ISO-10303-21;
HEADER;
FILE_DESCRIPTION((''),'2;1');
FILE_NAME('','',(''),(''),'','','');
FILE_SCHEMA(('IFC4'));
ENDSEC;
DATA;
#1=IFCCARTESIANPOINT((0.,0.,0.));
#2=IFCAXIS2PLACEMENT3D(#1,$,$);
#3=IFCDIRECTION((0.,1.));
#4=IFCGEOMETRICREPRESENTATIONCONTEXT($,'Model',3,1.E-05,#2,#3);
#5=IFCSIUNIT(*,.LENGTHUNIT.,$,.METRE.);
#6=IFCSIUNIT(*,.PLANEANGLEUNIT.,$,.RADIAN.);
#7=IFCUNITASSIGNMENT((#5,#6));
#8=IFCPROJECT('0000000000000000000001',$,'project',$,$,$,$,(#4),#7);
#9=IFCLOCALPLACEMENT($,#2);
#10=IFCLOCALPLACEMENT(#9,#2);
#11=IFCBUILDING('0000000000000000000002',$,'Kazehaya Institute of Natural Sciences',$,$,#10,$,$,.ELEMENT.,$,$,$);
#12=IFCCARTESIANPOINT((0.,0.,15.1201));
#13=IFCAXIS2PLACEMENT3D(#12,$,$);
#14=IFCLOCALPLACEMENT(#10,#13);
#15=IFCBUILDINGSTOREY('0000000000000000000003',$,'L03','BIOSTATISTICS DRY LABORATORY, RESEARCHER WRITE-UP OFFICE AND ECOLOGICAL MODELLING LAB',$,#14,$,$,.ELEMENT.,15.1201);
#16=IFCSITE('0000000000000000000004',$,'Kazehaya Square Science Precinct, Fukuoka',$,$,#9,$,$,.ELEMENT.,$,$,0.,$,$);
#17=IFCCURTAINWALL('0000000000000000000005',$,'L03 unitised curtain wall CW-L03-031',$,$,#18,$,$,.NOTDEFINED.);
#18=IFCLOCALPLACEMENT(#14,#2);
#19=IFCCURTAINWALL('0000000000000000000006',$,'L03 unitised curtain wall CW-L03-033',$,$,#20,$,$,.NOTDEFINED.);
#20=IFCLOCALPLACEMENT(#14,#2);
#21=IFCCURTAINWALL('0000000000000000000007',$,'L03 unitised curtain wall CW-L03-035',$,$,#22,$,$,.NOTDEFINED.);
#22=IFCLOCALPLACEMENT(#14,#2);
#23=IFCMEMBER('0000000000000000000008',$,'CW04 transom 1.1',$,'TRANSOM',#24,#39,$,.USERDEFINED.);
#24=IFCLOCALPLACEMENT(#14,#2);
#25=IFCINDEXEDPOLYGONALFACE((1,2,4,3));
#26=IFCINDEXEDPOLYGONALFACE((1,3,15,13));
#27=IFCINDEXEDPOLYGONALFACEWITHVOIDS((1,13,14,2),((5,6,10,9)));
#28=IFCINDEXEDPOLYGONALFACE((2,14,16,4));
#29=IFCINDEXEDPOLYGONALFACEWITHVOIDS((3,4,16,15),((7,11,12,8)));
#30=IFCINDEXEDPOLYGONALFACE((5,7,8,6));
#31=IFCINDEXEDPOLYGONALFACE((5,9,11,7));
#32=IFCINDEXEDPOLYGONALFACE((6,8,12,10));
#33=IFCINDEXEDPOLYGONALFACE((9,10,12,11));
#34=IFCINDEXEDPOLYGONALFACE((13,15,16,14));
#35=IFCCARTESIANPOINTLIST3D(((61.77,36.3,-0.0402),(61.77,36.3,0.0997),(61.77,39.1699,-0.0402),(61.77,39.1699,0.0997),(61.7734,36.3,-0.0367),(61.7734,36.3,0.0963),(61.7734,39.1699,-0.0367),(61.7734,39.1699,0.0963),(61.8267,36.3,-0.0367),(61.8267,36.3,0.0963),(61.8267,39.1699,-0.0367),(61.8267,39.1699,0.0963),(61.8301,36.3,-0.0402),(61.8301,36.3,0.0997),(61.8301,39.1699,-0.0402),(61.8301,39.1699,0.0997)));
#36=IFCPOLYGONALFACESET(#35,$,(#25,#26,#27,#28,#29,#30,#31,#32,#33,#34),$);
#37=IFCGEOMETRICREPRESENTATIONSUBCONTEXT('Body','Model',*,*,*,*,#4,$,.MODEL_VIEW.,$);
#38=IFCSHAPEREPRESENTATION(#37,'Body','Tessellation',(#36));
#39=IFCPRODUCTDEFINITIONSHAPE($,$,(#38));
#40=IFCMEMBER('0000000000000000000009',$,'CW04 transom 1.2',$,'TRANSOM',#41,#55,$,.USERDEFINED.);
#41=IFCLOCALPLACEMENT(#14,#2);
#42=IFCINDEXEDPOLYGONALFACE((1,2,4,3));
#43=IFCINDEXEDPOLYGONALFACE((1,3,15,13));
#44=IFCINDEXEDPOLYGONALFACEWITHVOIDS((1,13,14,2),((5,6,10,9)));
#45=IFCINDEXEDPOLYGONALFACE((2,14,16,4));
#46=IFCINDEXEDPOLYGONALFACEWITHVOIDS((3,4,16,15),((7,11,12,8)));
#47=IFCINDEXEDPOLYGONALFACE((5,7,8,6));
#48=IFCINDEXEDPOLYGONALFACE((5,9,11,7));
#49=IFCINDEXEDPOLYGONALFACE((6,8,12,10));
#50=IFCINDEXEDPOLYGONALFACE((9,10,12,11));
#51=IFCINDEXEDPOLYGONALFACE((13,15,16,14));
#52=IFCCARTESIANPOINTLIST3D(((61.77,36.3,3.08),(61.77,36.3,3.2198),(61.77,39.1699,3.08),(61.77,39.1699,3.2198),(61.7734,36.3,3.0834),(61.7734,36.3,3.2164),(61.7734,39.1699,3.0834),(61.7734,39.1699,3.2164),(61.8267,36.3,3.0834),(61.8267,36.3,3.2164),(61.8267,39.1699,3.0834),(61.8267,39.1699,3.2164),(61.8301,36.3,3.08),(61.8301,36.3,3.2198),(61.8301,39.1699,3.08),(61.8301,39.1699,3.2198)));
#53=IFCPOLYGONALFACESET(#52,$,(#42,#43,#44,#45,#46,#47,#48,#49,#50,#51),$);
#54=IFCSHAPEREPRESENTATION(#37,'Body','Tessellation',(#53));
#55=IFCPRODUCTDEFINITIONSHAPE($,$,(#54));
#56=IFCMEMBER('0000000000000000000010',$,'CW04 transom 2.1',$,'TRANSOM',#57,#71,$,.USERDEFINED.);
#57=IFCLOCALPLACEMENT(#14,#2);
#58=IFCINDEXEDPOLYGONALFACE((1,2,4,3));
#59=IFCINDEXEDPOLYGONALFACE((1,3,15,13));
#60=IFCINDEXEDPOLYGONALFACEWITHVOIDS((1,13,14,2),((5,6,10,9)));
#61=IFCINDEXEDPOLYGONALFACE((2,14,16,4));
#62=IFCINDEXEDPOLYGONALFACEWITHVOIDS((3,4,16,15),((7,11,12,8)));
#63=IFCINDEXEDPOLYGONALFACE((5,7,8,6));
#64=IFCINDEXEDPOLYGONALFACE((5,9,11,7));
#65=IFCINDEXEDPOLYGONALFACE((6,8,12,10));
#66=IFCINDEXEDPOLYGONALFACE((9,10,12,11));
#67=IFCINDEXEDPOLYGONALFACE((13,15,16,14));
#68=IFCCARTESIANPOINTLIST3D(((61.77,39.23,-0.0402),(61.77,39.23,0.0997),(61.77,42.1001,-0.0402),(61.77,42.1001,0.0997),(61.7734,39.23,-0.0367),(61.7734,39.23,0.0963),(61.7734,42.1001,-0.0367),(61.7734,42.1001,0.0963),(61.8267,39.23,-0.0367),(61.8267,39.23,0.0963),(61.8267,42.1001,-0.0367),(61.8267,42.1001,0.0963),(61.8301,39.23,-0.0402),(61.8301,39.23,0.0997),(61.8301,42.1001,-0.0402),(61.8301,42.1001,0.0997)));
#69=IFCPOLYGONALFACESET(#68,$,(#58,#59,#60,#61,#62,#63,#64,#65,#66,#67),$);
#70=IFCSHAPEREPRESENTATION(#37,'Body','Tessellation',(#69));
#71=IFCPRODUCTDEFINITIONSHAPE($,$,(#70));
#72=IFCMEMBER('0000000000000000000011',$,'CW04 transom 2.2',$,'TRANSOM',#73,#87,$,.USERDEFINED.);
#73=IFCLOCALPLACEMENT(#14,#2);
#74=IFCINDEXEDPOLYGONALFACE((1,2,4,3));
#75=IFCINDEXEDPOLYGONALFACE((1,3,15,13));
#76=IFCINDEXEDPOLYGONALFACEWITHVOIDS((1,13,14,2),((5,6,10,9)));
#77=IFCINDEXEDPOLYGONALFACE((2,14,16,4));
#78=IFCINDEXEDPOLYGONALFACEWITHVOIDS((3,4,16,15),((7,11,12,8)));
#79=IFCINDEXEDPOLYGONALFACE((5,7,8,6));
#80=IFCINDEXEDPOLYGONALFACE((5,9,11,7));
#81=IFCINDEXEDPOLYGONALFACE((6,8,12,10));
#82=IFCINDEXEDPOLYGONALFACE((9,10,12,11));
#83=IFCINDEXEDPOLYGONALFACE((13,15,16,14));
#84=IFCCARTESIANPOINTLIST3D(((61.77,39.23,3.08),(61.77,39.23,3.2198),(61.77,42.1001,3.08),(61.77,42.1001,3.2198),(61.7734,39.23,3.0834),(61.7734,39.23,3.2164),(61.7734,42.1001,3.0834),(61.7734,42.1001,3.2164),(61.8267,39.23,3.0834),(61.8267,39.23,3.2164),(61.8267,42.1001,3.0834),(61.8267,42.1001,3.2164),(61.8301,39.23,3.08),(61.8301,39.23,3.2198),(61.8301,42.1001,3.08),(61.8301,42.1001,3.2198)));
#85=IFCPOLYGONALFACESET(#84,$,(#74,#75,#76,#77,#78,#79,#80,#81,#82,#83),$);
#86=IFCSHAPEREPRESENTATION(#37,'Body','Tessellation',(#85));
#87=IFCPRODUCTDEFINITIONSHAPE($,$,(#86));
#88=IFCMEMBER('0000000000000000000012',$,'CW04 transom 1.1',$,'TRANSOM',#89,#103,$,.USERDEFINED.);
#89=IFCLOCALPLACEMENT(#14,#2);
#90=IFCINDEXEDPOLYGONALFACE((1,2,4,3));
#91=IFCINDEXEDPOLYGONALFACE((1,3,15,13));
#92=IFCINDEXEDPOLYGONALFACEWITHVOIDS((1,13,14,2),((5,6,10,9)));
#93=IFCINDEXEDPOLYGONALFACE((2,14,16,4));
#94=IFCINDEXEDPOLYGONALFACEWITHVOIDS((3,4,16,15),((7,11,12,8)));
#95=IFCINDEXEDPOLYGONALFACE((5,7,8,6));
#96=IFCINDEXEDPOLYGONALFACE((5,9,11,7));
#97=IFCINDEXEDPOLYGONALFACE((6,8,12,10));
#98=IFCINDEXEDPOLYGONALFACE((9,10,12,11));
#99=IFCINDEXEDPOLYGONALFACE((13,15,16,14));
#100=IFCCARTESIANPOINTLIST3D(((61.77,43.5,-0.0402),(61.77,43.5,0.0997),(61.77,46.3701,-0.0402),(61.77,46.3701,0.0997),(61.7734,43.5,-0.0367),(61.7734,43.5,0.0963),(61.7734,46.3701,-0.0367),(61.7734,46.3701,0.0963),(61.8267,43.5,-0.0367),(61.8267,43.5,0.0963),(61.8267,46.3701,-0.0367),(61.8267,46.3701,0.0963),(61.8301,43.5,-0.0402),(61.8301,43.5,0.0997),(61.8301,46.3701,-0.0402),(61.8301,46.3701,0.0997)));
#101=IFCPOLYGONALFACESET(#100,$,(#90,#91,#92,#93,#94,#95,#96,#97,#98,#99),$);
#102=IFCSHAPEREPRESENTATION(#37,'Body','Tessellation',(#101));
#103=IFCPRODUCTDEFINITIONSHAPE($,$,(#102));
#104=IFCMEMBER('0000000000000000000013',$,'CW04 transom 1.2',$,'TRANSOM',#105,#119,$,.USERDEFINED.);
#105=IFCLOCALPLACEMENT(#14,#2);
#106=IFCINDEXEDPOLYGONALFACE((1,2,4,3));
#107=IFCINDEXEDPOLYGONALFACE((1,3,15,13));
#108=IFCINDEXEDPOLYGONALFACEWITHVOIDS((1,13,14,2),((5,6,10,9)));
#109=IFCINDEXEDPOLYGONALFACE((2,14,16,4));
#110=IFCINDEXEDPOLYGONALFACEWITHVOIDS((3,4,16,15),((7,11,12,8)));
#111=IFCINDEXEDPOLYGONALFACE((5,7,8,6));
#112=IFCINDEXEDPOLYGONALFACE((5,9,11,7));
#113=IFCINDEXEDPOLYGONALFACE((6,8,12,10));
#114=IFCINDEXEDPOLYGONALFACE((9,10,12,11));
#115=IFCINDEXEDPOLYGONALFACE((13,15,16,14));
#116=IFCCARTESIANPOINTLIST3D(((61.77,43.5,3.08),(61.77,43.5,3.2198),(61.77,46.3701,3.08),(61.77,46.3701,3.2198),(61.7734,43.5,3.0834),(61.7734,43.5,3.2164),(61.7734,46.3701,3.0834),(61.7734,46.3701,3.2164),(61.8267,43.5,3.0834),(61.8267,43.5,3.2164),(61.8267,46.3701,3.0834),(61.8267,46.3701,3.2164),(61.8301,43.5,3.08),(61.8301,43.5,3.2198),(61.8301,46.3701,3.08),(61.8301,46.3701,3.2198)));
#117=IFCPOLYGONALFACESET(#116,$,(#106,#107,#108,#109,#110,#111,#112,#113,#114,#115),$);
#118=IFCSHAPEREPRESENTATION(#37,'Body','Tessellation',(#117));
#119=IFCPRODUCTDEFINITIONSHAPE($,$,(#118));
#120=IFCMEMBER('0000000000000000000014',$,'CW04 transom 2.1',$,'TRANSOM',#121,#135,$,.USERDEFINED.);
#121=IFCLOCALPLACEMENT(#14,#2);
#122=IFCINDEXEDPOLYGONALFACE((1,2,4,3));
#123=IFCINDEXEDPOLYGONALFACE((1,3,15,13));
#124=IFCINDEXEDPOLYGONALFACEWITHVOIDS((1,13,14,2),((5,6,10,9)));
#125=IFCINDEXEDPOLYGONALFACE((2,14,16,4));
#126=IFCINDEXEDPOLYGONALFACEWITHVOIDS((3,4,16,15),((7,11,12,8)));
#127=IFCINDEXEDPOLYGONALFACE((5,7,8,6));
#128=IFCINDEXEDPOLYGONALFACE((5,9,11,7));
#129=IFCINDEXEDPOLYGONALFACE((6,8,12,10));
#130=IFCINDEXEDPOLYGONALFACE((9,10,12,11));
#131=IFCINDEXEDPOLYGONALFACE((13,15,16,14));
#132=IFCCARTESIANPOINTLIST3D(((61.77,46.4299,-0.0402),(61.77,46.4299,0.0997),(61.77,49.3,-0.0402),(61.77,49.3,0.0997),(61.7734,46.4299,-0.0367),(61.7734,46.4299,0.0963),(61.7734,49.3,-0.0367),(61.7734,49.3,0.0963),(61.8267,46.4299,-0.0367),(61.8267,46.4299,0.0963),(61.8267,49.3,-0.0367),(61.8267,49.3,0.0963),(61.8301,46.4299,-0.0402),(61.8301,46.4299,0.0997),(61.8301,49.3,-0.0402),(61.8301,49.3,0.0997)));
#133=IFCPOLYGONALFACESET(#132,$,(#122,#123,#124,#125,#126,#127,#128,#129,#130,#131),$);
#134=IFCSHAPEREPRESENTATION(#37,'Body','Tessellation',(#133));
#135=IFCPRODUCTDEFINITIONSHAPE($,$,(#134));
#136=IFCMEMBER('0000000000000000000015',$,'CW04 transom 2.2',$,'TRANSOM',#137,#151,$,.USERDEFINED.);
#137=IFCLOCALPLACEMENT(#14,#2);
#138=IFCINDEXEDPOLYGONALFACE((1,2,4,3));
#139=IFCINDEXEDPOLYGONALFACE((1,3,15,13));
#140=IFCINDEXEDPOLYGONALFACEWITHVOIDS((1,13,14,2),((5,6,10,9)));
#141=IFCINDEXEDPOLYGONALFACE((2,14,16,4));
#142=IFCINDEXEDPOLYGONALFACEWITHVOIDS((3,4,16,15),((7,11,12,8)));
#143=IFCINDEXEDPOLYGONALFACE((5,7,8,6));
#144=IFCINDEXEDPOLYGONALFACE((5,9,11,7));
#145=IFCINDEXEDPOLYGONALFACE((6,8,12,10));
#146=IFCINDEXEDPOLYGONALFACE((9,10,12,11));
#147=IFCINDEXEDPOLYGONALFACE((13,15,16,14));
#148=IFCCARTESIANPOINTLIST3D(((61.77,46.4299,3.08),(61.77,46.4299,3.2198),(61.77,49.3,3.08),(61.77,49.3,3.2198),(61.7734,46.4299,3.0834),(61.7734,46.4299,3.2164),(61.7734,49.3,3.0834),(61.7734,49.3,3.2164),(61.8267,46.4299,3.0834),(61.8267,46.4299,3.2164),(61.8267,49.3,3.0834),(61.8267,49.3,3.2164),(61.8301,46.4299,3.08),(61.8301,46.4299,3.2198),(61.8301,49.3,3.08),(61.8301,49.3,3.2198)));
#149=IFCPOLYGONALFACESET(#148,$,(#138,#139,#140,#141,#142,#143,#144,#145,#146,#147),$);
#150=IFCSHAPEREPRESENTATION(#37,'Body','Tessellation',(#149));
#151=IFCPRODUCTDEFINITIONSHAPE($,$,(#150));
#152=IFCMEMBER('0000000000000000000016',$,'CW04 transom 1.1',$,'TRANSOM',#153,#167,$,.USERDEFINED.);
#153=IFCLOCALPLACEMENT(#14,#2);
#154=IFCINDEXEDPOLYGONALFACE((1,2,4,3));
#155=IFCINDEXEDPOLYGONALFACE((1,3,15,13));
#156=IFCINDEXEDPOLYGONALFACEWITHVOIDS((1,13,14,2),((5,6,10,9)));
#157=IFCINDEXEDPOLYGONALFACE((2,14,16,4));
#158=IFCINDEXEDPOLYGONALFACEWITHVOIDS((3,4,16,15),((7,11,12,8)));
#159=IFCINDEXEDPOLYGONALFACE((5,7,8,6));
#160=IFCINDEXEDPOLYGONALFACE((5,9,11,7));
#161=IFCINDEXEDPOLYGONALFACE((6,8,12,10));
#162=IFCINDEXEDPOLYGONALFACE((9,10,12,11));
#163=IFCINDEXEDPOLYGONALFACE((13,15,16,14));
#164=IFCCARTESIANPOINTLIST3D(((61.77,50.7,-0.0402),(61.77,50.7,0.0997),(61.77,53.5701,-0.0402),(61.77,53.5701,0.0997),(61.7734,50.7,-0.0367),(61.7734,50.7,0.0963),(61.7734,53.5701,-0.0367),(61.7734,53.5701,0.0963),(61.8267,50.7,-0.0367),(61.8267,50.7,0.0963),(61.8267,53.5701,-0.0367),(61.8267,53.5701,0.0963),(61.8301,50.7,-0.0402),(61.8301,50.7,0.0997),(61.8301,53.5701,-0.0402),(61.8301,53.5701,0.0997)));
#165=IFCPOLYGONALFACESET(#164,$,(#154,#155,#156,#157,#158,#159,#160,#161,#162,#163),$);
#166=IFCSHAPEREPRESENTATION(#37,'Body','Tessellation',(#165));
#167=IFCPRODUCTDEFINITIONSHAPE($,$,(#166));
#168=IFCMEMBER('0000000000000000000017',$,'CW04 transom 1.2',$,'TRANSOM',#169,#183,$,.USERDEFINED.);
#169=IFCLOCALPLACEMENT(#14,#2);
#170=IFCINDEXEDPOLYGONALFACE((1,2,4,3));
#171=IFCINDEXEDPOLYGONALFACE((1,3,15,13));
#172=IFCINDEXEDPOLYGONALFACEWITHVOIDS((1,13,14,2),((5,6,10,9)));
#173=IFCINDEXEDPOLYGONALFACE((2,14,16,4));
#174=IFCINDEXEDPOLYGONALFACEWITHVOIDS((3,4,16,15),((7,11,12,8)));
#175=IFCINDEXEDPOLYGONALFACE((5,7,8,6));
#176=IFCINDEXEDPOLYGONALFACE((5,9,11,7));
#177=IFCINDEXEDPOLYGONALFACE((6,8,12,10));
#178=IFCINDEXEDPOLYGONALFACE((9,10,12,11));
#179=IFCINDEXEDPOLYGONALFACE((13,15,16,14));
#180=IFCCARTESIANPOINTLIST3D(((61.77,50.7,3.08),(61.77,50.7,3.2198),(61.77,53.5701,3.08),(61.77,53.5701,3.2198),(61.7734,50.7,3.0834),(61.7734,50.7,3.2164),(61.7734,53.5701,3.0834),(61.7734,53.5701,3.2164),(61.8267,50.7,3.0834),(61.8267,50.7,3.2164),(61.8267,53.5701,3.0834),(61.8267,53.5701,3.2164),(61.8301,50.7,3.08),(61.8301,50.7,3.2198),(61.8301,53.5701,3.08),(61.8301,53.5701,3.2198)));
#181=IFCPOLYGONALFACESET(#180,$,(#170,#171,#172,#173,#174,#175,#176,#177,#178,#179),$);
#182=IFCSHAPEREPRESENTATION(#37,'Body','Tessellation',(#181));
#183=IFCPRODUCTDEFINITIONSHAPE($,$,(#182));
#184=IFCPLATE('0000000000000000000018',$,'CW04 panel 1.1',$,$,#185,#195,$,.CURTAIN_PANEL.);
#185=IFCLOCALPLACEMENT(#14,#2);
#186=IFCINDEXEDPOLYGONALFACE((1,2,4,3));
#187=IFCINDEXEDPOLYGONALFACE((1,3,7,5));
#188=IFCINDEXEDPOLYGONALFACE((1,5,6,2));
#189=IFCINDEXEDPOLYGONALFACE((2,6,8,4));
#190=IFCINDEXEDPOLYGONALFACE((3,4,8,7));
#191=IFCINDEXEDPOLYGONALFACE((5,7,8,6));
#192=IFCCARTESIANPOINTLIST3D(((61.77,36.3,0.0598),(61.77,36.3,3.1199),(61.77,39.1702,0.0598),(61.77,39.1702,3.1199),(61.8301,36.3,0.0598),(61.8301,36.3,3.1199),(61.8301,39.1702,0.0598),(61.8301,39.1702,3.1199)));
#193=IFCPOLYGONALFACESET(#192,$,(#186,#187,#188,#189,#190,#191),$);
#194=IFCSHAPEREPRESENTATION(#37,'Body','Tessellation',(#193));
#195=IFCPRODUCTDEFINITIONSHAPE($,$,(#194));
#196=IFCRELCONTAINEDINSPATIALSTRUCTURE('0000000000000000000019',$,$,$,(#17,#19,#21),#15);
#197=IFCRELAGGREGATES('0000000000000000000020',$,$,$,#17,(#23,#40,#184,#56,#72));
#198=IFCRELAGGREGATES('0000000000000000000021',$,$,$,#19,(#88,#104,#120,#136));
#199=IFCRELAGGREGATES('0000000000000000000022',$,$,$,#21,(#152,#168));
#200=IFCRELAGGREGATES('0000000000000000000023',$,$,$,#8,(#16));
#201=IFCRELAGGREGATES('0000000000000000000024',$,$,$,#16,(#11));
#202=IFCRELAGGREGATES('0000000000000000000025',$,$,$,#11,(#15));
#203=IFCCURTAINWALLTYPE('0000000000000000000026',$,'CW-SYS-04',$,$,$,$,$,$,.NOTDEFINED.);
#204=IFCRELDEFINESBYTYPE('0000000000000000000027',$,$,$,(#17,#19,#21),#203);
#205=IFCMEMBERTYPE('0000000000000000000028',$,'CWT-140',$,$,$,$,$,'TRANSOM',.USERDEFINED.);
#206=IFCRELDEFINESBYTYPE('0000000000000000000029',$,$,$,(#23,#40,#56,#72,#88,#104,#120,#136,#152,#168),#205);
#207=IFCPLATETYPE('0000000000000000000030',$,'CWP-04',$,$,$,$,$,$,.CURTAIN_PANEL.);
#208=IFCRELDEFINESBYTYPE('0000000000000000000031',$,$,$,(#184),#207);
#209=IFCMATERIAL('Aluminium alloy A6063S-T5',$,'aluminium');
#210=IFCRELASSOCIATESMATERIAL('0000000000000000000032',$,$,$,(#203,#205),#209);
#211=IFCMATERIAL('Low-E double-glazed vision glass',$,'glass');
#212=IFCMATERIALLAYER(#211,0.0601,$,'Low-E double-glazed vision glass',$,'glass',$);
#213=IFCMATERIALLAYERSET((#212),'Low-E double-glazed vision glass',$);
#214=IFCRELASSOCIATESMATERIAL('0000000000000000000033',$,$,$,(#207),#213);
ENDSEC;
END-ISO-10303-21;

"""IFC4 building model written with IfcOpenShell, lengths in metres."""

from ifc_helpers import new_model, si_unit, direction, frame, origin, origin_2d, place, context, subcontext, project, spatial, rectangle, hollow_rectangle, extrude, material, layer, layer_set, material_profile, profile_set, type_object, element, aggregate, save


model = new_model("IFC4")

# Units and contexts
model_context = context("Model", 3, precision=1e-05, world=origin(), true_north=direction((0.0, 1.0)))
body_context = subcontext(model_context, "Body", "Model", "MODEL_VIEW")
ifc_project = project(units=[si_unit("LENGTHUNIT", "METRE"), si_unit("PLANEANGLEUNIT", "RADIAN")], contexts=[model_context])

# Site, building, storey
site_placement = place(None, origin())
site = spatial("IfcSite", under=ifc_project, at=site_placement, Name="Kazehaya Square Science Precinct, Fukuoka", CompositionType="ELEMENT", RefElevation=0.0)
building_placement = place(site_placement, origin())
building = spatial("IfcBuilding", under=site, at=building_placement, Name="Kazehaya Institute of Natural Sciences", CompositionType="ELEMENT")
storey_placement = place(building_placement, frame((0.0, 0.0, 15.1201)))
storey = spatial("IfcBuildingStorey", under=building, at=storey_placement, Name="L03", Description="BIOSTATISTICS DRY LABORATORY, RESEARCHER WRITE-UP OFFICE AND ECOLOGICAL MODELLING LAB", CompositionType="ELEMENT", Elevation=15.1201)

# Curtain walls
ifc_material_1 = material(Name="Aluminium alloy A6063S-T5", Category="aluminium")
curtain_wall_type = type_object("IfcCurtainWallType", Name="CW-SYS-04", PredefinedType="NOTDEFINED", material=ifc_material_1)
curtain_wall_1_placement = place(storey_placement, origin())
curtain_wall_1 = element("IfcCurtainWall", 1, at=curtain_wall_1_placement, inside=storey, type_object=curtain_wall_type, Name="L03 unitised curtain wall CW-L03-031", PredefinedType="NOTDEFINED")
curtain_wall_2_placement = place(storey_placement, origin())
curtain_wall_2 = element("IfcCurtainWall", 2, at=curtain_wall_2_placement, inside=storey, type_object=curtain_wall_type, Name="L03 unitised curtain wall CW-L03-033", PredefinedType="NOTDEFINED")
curtain_wall_3_placement = place(storey_placement, origin())
curtain_wall_3 = element("IfcCurtainWall", 3, at=curtain_wall_3_placement, inside=storey, type_object=curtain_wall_type, Name="L03 unitised curtain wall CW-L03-035", PredefinedType="NOTDEFINED")

# Members
ifc_material_profile_1 = material_profile(ifc_material_1, hollow_rectangle(XDim=0.0601, YDim=0.1399, WallThickness=0.0034, at=origin_2d()), Name="ALU-60x140x3.5")
ifc_profile_set_1 = profile_set([ifc_material_profile_1], Name="Aluminium alloy A6063S-T5")
member_type_1 = type_object("IfcMemberType", Name="CWT-140", ElementType="TRANSOM", PredefinedType="USERDEFINED", material=ifc_profile_set_1)
member_1_placement = place(storey_placement, frame((61.8, 36.3, 0.0298), z_axis=(0.0, 1.0, 0.0), x_axis=(-1.0, 0.0, 0.0)))
member_1 = element("IfcMember", 4, at=member_1_placement, type_object=member_type_1, Name="CW04 transom 1.1", ObjectType="TRANSOM", PredefinedType="USERDEFINED", context=body_context, shape_type="SweptSolid", body=[
    extrude(hollow_rectangle(XDim=0.0601, YDim=0.1399, WallThickness=0.0034, at=origin_2d()), origin(), (0.0, 0.0, 1.0), 2.8699),
])
member_2_placement = place(storey_placement, frame((61.8, 36.3, 3.1499), z_axis=(0.0, 1.0, 0.0), x_axis=(-1.0, 0.0, 0.0)))
member_2 = element("IfcMember", 5, at=member_2_placement, type_object=member_type_1, Name="CW04 transom 1.2", ObjectType="TRANSOM", PredefinedType="USERDEFINED", context=body_context, shape_type="SweptSolid", body=[
    extrude(hollow_rectangle(XDim=0.0601, YDim=0.1399, WallThickness=0.0034, at=origin_2d()), origin(), (0.0, 0.0, 1.0), 2.8699),
])
member_3_placement = place(storey_placement, frame((61.8, 39.23, 0.0298), z_axis=(0.0, 1.0, 0.0), x_axis=(-1.0, 0.0, 0.0)))
member_3 = element("IfcMember", 6, at=member_3_placement, type_object=member_type_1, Name="CW04 transom 2.1", ObjectType="TRANSOM", PredefinedType="USERDEFINED", context=body_context, shape_type="SweptSolid", body=[
    extrude(hollow_rectangle(XDim=0.0601, YDim=0.1399, WallThickness=0.0034, at=origin_2d()), origin(), (0.0, 0.0, 1.0), 2.8701),
])
member_4_placement = place(storey_placement, frame((61.8, 39.23, 3.1499), z_axis=(0.0, 1.0, 0.0), x_axis=(-1.0, 0.0, 0.0)))
member_4 = element("IfcMember", 7, at=member_4_placement, type_object=member_type_1, Name="CW04 transom 2.2", ObjectType="TRANSOM", PredefinedType="USERDEFINED", context=body_context, shape_type="SweptSolid", body=[
    extrude(hollow_rectangle(XDim=0.0601, YDim=0.1399, WallThickness=0.0034, at=origin_2d()), origin(), (0.0, 0.0, 1.0), 2.8701),
])
member_5_placement = place(storey_placement, frame((61.8, 43.5, 0.0298), z_axis=(0.0, 1.0, 0.0), x_axis=(-1.0, 0.0, 0.0)))
member_5 = element("IfcMember", 8, at=member_5_placement, type_object=member_type_1, Name="CW04 transom 1.1", ObjectType="TRANSOM", PredefinedType="USERDEFINED", context=body_context, shape_type="SweptSolid", body=[
    extrude(hollow_rectangle(XDim=0.0601, YDim=0.1399, WallThickness=0.0034, at=origin_2d()), origin(), (0.0, 0.0, 1.0), 2.8701),
])
member_6_placement = place(storey_placement, frame((61.8, 43.5, 3.1499), z_axis=(0.0, 1.0, 0.0), x_axis=(-1.0, 0.0, 0.0)))
member_6 = element("IfcMember", 9, at=member_6_placement, type_object=member_type_1, Name="CW04 transom 1.2", ObjectType="TRANSOM", PredefinedType="USERDEFINED", context=body_context, shape_type="SweptSolid", body=[
    extrude(hollow_rectangle(XDim=0.0601, YDim=0.1399, WallThickness=0.0034, at=origin_2d()), origin(), (0.0, 0.0, 1.0), 2.8701),
])
member_7_placement = place(storey_placement, frame((61.8, 46.4299, 0.0298), z_axis=(0.0, 1.0, 0.0), x_axis=(-1.0, 0.0, 0.0)))
member_7 = element("IfcMember", 10, at=member_7_placement, type_object=member_type_1, Name="CW04 transom 2.1", ObjectType="TRANSOM", PredefinedType="USERDEFINED", context=body_context, shape_type="SweptSolid", body=[
    extrude(hollow_rectangle(XDim=0.0601, YDim=0.1399, WallThickness=0.0034, at=origin_2d()), origin(), (0.0, 0.0, 1.0), 2.8701),
])
member_8_placement = place(storey_placement, frame((61.8, 46.4299, 3.1499), z_axis=(0.0, 1.0, 0.0), x_axis=(-1.0, 0.0, 0.0)))
member_8 = element("IfcMember", 11, at=member_8_placement, type_object=member_type_1, Name="CW04 transom 2.2", ObjectType="TRANSOM", PredefinedType="USERDEFINED", context=body_context, shape_type="SweptSolid", body=[
    extrude(hollow_rectangle(XDim=0.0601, YDim=0.1399, WallThickness=0.0034, at=origin_2d()), origin(), (0.0, 0.0, 1.0), 2.8701),
])
member_9_placement = place(storey_placement, frame((61.8, 50.7, 0.0298), z_axis=(0.0, 1.0, 0.0), x_axis=(-1.0, 0.0, 0.0)))
member_9 = element("IfcMember", 12, at=member_9_placement, type_object=member_type_1, Name="CW04 transom 1.1", ObjectType="TRANSOM", PredefinedType="USERDEFINED", context=body_context, shape_type="SweptSolid", body=[
    extrude(hollow_rectangle(XDim=0.0601, YDim=0.1399, WallThickness=0.0034, at=origin_2d()), origin(), (0.0, 0.0, 1.0), 2.8701),
])
member_10_placement = place(storey_placement, frame((61.8, 50.7, 3.1499), z_axis=(0.0, 1.0, 0.0), x_axis=(-1.0, 0.0, 0.0)))
member_10 = element("IfcMember", 13, at=member_10_placement, type_object=member_type_1, Name="CW04 transom 1.2", ObjectType="TRANSOM", PredefinedType="USERDEFINED", context=body_context, shape_type="SweptSolid", body=[
    extrude(hollow_rectangle(XDim=0.0601, YDim=0.1399, WallThickness=0.0034, at=origin_2d()), origin(), (0.0, 0.0, 1.0), 2.8701),
])

# Plate
ifc_material_2 = material(Name="Low-E double-glazed vision glass", Category="glass")
ifc_layer_1 = layer(ifc_material_2, 0.0601, Name="Low-E double-glazed vision glass", Category="glass")
ifc_layer_set_1 = layer_set([ifc_layer_1], Name="Low-E double-glazed vision glass")
plate_type_1 = type_object("IfcPlateType", Name="CWP-04", PredefinedType="CURTAIN_PANEL", material=ifc_layer_set_1)
plate_1_placement = place(storey_placement, frame((61.8, 37.7351, 0.0598), z_axis=(0.0, 0.0, 1.0), x_axis=(0.0, 1.0, 0.0)))
plate_1 = element("IfcPlate", 14, at=plate_1_placement, type_object=plate_type_1, Name="CW04 panel 1.1", PredefinedType="CURTAIN_PANEL", context=body_context, shape_type="SweptSolid", body=[
    extrude(rectangle(XDim=2.8701, YDim=0.0601, at=origin_2d()), origin(), (0.0, 0.0, 1.0), 3.0601),
])
aggregate(curtain_wall_1, [member_1, member_2, plate_1, member_3, member_4])
aggregate(curtain_wall_2, [member_5, member_6, member_7, member_8])
aggregate(curtain_wall_3, [member_9, member_10])

save(model, "model.ifc")
